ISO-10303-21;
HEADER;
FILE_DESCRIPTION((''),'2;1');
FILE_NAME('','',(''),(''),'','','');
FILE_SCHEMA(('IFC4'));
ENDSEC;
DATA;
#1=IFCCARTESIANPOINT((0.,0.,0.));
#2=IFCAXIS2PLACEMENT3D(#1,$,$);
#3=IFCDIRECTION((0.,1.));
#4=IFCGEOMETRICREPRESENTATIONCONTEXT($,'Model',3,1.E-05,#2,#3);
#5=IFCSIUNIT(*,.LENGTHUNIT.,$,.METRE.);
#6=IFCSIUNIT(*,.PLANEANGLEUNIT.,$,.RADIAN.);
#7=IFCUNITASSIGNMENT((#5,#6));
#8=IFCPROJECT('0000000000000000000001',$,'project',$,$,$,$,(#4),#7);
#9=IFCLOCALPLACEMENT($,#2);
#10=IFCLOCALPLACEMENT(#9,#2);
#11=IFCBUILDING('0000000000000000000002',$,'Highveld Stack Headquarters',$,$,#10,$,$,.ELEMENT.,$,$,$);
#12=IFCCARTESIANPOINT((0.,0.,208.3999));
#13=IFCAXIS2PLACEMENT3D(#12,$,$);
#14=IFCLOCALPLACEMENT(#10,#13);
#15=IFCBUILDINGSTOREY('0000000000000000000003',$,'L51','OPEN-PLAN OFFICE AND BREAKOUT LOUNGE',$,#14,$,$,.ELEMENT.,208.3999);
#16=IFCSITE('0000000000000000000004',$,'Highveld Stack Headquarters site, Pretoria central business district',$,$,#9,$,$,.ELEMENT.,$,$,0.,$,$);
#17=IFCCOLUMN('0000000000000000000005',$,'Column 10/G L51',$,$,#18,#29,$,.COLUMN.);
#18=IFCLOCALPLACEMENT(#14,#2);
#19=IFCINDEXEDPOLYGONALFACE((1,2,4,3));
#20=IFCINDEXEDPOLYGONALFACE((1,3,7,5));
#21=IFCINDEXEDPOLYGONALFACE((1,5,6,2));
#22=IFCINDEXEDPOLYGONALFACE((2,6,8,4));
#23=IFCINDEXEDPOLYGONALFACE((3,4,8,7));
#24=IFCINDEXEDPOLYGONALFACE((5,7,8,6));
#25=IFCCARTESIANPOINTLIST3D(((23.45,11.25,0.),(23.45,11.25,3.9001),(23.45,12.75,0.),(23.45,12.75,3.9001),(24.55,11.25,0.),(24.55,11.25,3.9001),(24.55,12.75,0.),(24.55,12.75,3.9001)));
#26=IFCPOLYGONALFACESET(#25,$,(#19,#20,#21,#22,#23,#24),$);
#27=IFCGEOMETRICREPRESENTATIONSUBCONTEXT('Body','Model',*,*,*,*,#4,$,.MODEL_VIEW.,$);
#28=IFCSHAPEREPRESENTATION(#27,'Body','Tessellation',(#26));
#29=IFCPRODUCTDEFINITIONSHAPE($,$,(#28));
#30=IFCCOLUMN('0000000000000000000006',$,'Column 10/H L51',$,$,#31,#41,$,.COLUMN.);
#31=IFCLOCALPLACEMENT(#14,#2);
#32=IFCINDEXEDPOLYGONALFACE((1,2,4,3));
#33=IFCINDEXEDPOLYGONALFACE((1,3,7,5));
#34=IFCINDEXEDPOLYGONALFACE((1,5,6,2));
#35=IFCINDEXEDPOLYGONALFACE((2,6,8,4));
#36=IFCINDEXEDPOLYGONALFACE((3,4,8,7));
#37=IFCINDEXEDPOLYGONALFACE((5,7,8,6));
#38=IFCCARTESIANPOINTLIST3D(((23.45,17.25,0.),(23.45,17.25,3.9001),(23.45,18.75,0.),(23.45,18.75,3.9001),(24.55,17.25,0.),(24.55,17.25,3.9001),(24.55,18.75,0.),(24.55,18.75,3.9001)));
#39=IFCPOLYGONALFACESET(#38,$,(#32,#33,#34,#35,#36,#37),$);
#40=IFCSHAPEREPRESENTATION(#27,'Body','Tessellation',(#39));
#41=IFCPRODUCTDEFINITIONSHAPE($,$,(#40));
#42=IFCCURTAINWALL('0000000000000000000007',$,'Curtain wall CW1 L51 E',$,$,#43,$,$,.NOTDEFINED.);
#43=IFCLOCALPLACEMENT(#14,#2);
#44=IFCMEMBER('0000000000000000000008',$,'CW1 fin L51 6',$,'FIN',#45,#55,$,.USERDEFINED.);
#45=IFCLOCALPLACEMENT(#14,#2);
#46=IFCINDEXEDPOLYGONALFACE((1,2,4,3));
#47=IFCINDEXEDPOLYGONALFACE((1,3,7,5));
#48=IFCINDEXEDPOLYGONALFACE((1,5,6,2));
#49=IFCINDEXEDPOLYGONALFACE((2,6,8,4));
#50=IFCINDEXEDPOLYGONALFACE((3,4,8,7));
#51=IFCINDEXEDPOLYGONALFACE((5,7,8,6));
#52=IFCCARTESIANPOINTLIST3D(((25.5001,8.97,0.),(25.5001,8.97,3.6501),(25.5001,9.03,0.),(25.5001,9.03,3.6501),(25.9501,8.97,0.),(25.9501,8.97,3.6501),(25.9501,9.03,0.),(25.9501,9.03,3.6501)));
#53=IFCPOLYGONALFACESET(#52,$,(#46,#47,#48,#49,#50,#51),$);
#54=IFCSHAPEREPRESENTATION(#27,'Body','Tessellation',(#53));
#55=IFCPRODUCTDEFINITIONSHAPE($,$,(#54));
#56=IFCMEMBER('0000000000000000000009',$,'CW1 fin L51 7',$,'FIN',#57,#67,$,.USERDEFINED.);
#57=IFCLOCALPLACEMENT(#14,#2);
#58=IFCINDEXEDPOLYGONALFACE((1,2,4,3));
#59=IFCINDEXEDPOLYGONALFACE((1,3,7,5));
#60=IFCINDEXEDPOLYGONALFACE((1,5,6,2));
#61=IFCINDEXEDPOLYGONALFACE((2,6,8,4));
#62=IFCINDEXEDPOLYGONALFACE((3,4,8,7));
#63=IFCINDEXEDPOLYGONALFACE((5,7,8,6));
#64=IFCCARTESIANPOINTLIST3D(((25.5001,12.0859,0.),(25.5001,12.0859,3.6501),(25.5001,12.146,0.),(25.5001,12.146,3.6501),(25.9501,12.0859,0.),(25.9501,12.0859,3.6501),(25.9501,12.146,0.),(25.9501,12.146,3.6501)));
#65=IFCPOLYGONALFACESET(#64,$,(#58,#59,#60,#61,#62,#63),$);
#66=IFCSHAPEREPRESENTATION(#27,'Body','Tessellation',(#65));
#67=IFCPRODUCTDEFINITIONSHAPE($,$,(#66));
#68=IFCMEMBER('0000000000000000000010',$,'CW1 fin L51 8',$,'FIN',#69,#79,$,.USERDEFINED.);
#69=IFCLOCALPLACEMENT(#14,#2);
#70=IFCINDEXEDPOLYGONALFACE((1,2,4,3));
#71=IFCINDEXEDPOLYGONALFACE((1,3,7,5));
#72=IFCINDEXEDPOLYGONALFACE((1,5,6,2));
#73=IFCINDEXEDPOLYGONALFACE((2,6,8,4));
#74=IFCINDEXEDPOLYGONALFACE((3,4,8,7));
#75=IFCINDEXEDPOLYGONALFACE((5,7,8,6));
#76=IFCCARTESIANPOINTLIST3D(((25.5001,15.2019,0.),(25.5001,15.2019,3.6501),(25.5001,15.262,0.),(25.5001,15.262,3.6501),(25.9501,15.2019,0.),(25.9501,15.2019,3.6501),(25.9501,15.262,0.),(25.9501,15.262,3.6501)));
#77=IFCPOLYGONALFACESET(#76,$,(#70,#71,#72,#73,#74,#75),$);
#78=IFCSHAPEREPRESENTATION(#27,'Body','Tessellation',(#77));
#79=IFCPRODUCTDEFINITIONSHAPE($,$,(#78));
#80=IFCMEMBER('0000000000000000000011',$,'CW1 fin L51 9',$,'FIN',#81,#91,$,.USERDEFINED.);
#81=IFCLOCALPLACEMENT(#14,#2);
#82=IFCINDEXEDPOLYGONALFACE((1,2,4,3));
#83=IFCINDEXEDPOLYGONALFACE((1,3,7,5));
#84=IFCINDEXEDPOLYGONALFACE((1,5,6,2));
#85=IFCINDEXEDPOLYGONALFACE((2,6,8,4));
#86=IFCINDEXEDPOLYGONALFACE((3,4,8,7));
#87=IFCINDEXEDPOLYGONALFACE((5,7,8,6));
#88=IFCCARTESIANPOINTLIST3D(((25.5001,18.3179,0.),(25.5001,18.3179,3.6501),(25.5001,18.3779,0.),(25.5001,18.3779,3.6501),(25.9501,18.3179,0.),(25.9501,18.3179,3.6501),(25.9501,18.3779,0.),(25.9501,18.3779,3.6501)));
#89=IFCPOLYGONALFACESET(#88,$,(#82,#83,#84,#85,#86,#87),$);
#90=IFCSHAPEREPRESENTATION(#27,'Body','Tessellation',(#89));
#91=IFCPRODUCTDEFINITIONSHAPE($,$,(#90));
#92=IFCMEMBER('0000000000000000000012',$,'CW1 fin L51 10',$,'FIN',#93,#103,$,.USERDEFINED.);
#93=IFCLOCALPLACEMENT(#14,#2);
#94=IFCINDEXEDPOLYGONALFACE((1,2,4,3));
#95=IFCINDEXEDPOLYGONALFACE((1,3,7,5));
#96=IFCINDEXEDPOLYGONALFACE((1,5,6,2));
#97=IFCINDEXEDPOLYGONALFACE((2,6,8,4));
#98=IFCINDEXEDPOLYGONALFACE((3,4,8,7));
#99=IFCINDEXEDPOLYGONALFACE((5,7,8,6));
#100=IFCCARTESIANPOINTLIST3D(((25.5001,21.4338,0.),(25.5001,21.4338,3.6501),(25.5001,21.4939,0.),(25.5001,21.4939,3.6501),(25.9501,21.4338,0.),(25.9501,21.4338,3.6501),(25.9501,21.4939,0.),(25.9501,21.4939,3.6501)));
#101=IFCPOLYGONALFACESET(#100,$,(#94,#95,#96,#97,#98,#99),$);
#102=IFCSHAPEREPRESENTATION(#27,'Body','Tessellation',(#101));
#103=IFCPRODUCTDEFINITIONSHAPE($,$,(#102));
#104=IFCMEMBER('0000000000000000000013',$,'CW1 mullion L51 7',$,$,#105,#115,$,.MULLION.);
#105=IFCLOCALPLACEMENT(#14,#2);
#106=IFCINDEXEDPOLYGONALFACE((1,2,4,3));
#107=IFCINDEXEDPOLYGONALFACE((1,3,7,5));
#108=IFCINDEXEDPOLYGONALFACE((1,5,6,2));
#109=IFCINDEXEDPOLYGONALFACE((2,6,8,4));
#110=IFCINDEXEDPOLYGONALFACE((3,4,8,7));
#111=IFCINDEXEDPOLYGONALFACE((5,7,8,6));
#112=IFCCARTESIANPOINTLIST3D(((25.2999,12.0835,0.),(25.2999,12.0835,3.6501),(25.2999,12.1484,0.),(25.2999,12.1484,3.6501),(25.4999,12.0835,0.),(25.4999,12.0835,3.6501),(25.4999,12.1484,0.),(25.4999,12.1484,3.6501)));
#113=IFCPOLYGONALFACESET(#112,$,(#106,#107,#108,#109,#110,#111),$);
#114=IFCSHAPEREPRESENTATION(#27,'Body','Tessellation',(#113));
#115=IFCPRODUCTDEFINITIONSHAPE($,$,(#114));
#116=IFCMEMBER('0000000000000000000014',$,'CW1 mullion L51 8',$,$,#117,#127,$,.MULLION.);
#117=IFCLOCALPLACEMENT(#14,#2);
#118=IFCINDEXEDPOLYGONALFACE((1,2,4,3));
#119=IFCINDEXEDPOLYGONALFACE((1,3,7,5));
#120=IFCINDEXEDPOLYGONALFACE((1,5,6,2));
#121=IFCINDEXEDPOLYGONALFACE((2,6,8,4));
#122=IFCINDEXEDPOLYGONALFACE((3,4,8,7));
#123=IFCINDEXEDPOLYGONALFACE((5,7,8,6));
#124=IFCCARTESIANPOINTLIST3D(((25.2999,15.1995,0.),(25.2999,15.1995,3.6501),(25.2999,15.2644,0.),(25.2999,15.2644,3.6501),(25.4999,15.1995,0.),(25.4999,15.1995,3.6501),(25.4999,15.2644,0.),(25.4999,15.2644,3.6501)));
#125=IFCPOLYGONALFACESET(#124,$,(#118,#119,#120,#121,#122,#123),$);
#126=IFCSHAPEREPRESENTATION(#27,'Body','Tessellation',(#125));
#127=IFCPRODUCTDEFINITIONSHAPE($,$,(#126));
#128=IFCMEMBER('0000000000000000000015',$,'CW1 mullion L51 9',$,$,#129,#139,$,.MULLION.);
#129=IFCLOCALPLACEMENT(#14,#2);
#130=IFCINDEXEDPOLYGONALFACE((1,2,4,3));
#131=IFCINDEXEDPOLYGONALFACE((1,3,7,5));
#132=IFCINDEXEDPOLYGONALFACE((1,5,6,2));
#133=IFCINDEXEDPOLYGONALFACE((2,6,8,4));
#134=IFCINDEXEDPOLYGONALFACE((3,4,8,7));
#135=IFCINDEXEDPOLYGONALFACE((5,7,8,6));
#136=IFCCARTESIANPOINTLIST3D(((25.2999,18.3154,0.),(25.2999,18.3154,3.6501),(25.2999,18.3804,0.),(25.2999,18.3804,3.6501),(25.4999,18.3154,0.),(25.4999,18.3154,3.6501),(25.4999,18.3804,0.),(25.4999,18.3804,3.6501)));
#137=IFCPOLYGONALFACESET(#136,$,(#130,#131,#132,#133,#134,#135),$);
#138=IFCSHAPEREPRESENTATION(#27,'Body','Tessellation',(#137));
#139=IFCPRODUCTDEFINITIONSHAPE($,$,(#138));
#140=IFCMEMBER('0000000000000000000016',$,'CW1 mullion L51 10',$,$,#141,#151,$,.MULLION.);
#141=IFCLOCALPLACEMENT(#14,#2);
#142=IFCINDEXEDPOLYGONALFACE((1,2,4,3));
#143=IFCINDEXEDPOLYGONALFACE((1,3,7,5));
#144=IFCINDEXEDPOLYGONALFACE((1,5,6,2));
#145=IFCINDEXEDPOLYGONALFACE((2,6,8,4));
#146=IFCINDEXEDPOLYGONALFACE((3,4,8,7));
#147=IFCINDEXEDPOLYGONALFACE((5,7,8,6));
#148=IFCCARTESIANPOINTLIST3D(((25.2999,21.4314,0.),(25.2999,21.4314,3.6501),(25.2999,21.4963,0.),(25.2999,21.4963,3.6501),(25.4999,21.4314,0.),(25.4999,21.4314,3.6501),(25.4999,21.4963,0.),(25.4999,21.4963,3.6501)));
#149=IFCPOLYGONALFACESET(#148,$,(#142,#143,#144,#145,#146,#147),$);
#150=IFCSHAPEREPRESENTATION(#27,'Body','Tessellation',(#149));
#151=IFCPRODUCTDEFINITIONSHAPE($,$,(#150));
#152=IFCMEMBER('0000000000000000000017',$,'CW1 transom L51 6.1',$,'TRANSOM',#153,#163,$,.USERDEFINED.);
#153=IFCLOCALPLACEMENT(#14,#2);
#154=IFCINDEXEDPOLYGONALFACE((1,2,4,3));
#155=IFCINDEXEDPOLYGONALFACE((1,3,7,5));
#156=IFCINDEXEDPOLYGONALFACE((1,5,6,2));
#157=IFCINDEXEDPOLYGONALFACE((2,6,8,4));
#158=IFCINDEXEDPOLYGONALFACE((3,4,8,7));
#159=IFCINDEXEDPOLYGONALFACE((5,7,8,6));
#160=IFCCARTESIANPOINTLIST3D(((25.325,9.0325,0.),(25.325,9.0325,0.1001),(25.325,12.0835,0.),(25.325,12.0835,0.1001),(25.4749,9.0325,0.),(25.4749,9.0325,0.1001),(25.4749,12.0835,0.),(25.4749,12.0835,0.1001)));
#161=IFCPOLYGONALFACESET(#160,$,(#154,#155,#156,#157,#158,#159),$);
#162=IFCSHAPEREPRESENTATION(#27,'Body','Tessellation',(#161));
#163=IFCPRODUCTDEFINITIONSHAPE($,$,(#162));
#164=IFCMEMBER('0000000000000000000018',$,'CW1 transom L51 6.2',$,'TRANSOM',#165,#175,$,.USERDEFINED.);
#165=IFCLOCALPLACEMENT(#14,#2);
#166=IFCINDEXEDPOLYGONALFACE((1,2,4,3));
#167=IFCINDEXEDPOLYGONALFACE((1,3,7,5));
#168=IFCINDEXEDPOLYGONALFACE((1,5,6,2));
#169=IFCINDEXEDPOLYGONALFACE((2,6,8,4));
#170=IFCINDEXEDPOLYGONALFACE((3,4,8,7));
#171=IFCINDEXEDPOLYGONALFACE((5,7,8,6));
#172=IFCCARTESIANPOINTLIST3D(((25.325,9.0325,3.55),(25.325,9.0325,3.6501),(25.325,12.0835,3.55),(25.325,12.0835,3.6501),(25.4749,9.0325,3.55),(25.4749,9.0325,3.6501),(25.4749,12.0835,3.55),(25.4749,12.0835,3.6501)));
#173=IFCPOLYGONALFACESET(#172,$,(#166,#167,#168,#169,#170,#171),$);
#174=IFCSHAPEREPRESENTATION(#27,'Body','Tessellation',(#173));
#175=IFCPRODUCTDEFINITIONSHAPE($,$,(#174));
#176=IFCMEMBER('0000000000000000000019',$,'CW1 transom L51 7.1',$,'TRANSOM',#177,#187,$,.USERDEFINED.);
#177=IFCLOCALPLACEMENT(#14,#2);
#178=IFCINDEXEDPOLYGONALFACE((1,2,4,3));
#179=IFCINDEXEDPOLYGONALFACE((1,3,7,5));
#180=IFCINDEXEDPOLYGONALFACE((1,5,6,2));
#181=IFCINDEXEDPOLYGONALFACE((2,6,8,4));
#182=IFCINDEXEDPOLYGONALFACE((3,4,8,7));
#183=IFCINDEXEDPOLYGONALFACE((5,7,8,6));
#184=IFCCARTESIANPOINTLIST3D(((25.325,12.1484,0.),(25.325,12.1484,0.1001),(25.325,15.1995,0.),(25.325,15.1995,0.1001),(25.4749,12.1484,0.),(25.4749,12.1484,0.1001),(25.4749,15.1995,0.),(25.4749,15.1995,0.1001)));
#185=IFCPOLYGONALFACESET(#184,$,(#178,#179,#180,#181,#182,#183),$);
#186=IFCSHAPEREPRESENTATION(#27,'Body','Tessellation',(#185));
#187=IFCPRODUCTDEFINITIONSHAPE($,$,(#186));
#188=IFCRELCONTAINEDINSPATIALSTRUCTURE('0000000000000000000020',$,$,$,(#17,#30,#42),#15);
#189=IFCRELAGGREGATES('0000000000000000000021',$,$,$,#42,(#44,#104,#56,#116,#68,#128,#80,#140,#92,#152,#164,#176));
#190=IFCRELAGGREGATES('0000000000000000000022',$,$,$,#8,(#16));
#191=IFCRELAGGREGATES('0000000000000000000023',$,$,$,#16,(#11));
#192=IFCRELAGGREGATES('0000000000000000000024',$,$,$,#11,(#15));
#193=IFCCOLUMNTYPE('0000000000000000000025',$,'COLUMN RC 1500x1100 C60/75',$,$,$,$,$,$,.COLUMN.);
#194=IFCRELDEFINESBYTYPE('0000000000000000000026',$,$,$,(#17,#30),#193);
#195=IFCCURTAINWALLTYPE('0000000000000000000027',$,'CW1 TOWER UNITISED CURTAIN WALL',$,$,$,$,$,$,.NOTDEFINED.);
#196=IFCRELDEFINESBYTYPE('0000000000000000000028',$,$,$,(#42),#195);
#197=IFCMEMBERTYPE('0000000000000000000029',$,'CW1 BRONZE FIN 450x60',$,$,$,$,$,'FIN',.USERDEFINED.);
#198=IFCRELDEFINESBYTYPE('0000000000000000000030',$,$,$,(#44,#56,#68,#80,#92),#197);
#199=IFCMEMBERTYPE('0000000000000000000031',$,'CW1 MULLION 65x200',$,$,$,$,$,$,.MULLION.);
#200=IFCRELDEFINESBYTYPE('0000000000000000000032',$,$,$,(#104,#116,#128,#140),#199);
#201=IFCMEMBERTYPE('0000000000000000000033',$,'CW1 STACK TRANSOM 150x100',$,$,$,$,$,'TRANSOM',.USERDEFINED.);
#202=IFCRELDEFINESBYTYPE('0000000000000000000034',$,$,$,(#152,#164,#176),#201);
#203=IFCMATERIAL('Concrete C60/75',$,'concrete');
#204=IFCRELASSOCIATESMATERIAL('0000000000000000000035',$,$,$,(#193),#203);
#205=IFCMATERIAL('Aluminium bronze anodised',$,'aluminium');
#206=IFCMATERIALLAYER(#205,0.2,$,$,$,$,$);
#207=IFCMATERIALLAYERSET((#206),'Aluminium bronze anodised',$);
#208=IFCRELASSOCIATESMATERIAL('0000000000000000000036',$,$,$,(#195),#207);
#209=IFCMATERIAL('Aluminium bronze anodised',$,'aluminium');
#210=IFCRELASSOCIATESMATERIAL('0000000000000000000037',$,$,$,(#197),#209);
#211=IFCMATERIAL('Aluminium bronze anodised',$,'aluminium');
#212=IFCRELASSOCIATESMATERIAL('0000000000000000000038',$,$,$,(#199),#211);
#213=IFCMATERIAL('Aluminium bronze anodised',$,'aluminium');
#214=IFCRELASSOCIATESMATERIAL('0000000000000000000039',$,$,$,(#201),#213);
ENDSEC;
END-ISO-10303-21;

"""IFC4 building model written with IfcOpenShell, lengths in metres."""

from ifc_helpers import new_model, si_unit, direction, frame, origin, origin_2d, place, context, subcontext, project, spatial, rectangle, extrude, material, layer, layer_set, material_profile, profile_set, type_object, element, aggregate, save


model = new_model("IFC4")

# Units and contexts
model_context = context("Model", 3, precision=1e-05, world=origin(), true_north=direction((0.0, 1.0)))
body_context = subcontext(model_context, "Body", "Model", "MODEL_VIEW")
ifc_project = project(units=[si_unit("LENGTHUNIT", "METRE"), si_unit("PLANEANGLEUNIT", "RADIAN")], contexts=[model_context])

# Site, building, storey
site_placement = place(None, origin())
site = spatial("IfcSite", under=ifc_project, at=site_placement, Name="Highveld Stack Headquarters site, Pretoria central business district", CompositionType="ELEMENT", RefElevation=0.0)
building_placement = place(site_placement, origin())
building = spatial("IfcBuilding", under=site, at=building_placement, Name="Highveld Stack Headquarters", CompositionType="ELEMENT")
storey_placement = place(building_placement, frame((0.0, 0.0, 208.3999)))
storey = spatial("IfcBuildingStorey", under=building, at=storey_placement, Name="L51", Description="OPEN-PLAN OFFICE AND BREAKOUT LOUNGE", CompositionType="ELEMENT", Elevation=208.3999)

# Columns
ifc_material_1 = material(Name="Concrete C60/75", Category="concrete")
ifc_material_profile_1 = material_profile(ifc_material_1, rectangle(XDim=1.5, YDim=1.1001, at=origin_2d()), Name="RC 1500x1100")
ifc_profile_set_1 = profile_set([ifc_material_profile_1], Name="Concrete C60/75")
column_type = type_object("IfcColumnType", Name="COLUMN RC 1500x1100 C60/75", PredefinedType="COLUMN", material=ifc_profile_set_1)
for number, where, z_axis, x_axis, name in (
    (1, (24.0, 12.0, 0.0), (0.0, 0.0, 1.0), (0.0, 1.0, 0.0), "Column 10/G L51"),
    (2, (24.0, 18.0, 0.0), (0.0, 0.0, 1.0), (0.0, 1.0, 0.0), "Column 10/H L51"),
):
    element("IfcColumn", number, at=place(storey_placement, frame(where, z_axis=z_axis, x_axis=x_axis)), inside=storey, type_object=column_type, Name=name, PredefinedType="COLUMN", context=body_context, shape_type="SweptSolid", body=[
        extrude(rectangle(XDim=1.5, YDim=1.1001, at=origin_2d()), origin(), (0.0, 0.0, 1.0), 3.9001),
    ])

# Curtain wall, members
ifc_material_2 = material(Name="Aluminium bronze anodised", Category="aluminium")
ifc_layer_1 = layer(ifc_material_2, 0.2)
ifc_layer_set_1 = layer_set([ifc_layer_1], Name="Aluminium bronze anodised")
curtain_wall_type = type_object("IfcCurtainWallType", Name="CW1 TOWER UNITISED CURTAIN WALL", PredefinedType="NOTDEFINED", material=ifc_layer_set_1)
curtain_wall_placement = place(storey_placement, origin())
curtain_wall = element("IfcCurtainWall", 3, at=curtain_wall_placement, inside=storey, type_object=curtain_wall_type, Name="Curtain wall CW1 L51 E", PredefinedType="NOTDEFINED")
ifc_material_3 = material(Name="Aluminium bronze anodised", Category="aluminium")
ifc_material_profile_2 = material_profile(ifc_material_3, rectangle(XDim=0.45, YDim=0.0601, at=origin_2d()), Name="FIN 450x60")
ifc_profile_set_2 = profile_set([ifc_material_profile_2], Name="Aluminium bronze anodised")
member_type_1 = type_object("IfcMemberType", Name="CW1 BRONZE FIN 450x60", ElementType="FIN", PredefinedType="USERDEFINED", material=ifc_profile_set_2)
member_1_placement = place(storey_placement, frame((25.7251, 9.0, 0.0), z_axis=(0.0, 0.0, 1.0), x_axis=(-1.0, 0.0, 0.0)))
member_1 = element("IfcMember", 4, at=member_1_placement, type_object=member_type_1, Name="CW1 fin L51 6", ObjectType="FIN", PredefinedType="USERDEFINED", context=body_context, shape_type="SweptSolid", body=[
    extrude(rectangle(XDim=0.45, YDim=0.0601, at=origin_2d()), origin(), (0.0, 0.0, 1.0), 3.6501),
])
member_2_placement = place(storey_placement, frame((25.7251, 12.116, 0.0), z_axis=(0.0, 0.0, 1.0), x_axis=(-1.0, 0.0, 0.0)))
member_2 = element("IfcMember", 5, at=member_2_placement, type_object=member_type_1, Name="CW1 fin L51 7", ObjectType="FIN", PredefinedType="USERDEFINED", context=body_context, shape_type="SweptSolid", body=[
    extrude(rectangle(XDim=0.45, YDim=0.0601, at=origin_2d()), origin(), (0.0, 0.0, 1.0), 3.6501),
])
member_3_placement = place(storey_placement, frame((25.7251, 15.2319, 0.0), z_axis=(0.0, 0.0, 1.0), x_axis=(-1.0, 0.0, 0.0)))
member_3 = element("IfcMember", 6, at=member_3_placement, type_object=member_type_1, Name="CW1 fin L51 8", ObjectType="FIN", PredefinedType="USERDEFINED", context=body_context, shape_type="SweptSolid", body=[
    extrude(rectangle(XDim=0.45, YDim=0.0601, at=origin_2d()), origin(), (0.0, 0.0, 1.0), 3.6501),
])
member_4_placement = place(storey_placement, frame((25.7251, 18.3479, 0.0), z_axis=(0.0, 0.0, 1.0), x_axis=(-1.0, 0.0, 0.0)))
member_4 = element("IfcMember", 7, at=member_4_placement, type_object=member_type_1, Name="CW1 fin L51 9", ObjectType="FIN", PredefinedType="USERDEFINED", context=body_context, shape_type="SweptSolid", body=[
    extrude(rectangle(XDim=0.45, YDim=0.0601, at=origin_2d()), origin(), (0.0, 0.0, 1.0), 3.6501),
])
member_5_placement = place(storey_placement, frame((25.7251, 21.4639, 0.0), z_axis=(0.0, 0.0, 1.0), x_axis=(-1.0, 0.0, 0.0)))
member_5 = element("IfcMember", 8, at=member_5_placement, type_object=member_type_1, Name="CW1 fin L51 10", ObjectType="FIN", PredefinedType="USERDEFINED", context=body_context, shape_type="SweptSolid", body=[
    extrude(rectangle(XDim=0.45, YDim=0.0601, at=origin_2d()), origin(), (0.0, 0.0, 1.0), 3.6501),
])
ifc_material_4 = material(Name="Aluminium bronze anodised", Category="aluminium")
ifc_material_profile_3 = material_profile(ifc_material_4, rectangle(XDim=0.2, YDim=0.0649, at=origin_2d()), Name="CW1 MULLION 65x200")
ifc_profile_set_3 = profile_set([ifc_material_profile_3], Name="Aluminium bronze anodised")
member_type_2 = type_object("IfcMemberType", Name="CW1 MULLION 65x200", PredefinedType="MULLION", material=ifc_profile_set_3)
member_6_placement = place(storey_placement, frame((25.3999, 12.116, 0.0), z_axis=(0.0, 0.0, 1.0), x_axis=(-1.0, 0.0, 0.0)))
member_6 = element("IfcMember", 9, at=member_6_placement, type_object=member_type_2, Name="CW1 mullion L51 7", PredefinedType="MULLION", context=body_context, shape_type="SweptSolid", body=[
    extrude(rectangle(XDim=0.2, YDim=0.0649, at=origin_2d()), origin(), (0.0, 0.0, 1.0), 3.6501),
])
member_7_placement = place(storey_placement, frame((25.3999, 15.2319, 0.0), z_axis=(0.0, 0.0, 1.0), x_axis=(-1.0, 0.0, 0.0)))
member_7 = element("IfcMember", 10, at=member_7_placement, type_object=member_type_2, Name="CW1 mullion L51 8", PredefinedType="MULLION", context=body_context, shape_type="SweptSolid", body=[
    extrude(rectangle(XDim=0.2, YDim=0.0649, at=origin_2d()), origin(), (0.0, 0.0, 1.0), 3.6501),
])
member_8_placement = place(storey_placement, frame((25.3999, 18.3479, 0.0), z_axis=(0.0, 0.0, 1.0), x_axis=(-1.0, 0.0, 0.0)))
member_8 = element("IfcMember", 11, at=member_8_placement, type_object=member_type_2, Name="CW1 mullion L51 9", PredefinedType="MULLION", context=body_context, shape_type="SweptSolid", body=[
    extrude(rectangle(XDim=0.2, YDim=0.0649, at=origin_2d()), origin(), (0.0, 0.0, 1.0), 3.6501),
])
member_9_placement = place(storey_placement, frame((25.3999, 21.4639, 0.0), z_axis=(0.0, 0.0, 1.0), x_axis=(-1.0, 0.0, 0.0)))
member_9 = element("IfcMember", 12, at=member_9_placement, type_object=member_type_2, Name="CW1 mullion L51 10", PredefinedType="MULLION", context=body_context, shape_type="SweptSolid", body=[
    extrude(rectangle(XDim=0.2, YDim=0.0649, at=origin_2d()), origin(), (0.0, 0.0, 1.0), 3.6501),
])
ifc_material_5 = material(Name="Aluminium bronze anodised", Category="aluminium")
ifc_material_profile_4 = material_profile(ifc_material_5, rectangle(XDim=0.1499, YDim=0.1001, at=origin_2d()), Name="CW1 TRANSOM 150x100")
ifc_profile_set_4 = profile_set([ifc_material_profile_4], Name="Aluminium bronze anodised")
member_type_3 = type_object("IfcMemberType", Name="CW1 STACK TRANSOM 150x100", ElementType="TRANSOM", PredefinedType="USERDEFINED", material=ifc_profile_set_4)
member_10_placement = place(storey_placement, frame((25.3999, 9.0325, 0.05), z_axis=(0.0, 1.0, 0.0), x_axis=(-1.0, 0.0, 0.0)))
member_10 = element("IfcMember", 13, at=member_10_placement, type_object=member_type_3, Name="CW1 transom L51 6.1", ObjectType="TRANSOM", PredefinedType="USERDEFINED", context=body_context, shape_type="SweptSolid", body=[
    extrude(rectangle(XDim=0.1499, YDim=0.1001, at=origin_2d()), origin(), (0.0, 0.0, 1.0), 3.051),
])
member_11_placement = place(storey_placement, frame((25.3999, 9.0325, 3.6001), z_axis=(0.0, 1.0, 0.0), x_axis=(-1.0, 0.0, 0.0)))
member_11 = element("IfcMember", 14, at=member_11_placement, type_object=member_type_3, Name="CW1 transom L51 6.2", ObjectType="TRANSOM", PredefinedType="USERDEFINED", context=body_context, shape_type="SweptSolid", body=[
    extrude(rectangle(XDim=0.1499, YDim=0.1001, at=origin_2d()), origin(), (0.0, 0.0, 1.0), 3.051),
])
member_12_placement = place(storey_placement, frame((25.3999, 12.1484, 0.05), z_axis=(0.0, 1.0, 0.0), x_axis=(-1.0, 0.0, 0.0)))
member_12 = element("IfcMember", 15, at=member_12_placement, type_object=member_type_3, Name="CW1 transom L51 7.1", ObjectType="TRANSOM", PredefinedType="USERDEFINED", context=body_context, shape_type="SweptSolid", body=[
    extrude(rectangle(XDim=0.1499, YDim=0.1001, at=origin_2d()), origin(), (0.0, 0.0, 1.0), 3.051),
])
aggregate(curtain_wall, [member_1, member_6, member_2, member_7, member_3, member_8, member_4, member_9, member_5, member_10, member_11, member_12])

save(model, "model.ifc")
